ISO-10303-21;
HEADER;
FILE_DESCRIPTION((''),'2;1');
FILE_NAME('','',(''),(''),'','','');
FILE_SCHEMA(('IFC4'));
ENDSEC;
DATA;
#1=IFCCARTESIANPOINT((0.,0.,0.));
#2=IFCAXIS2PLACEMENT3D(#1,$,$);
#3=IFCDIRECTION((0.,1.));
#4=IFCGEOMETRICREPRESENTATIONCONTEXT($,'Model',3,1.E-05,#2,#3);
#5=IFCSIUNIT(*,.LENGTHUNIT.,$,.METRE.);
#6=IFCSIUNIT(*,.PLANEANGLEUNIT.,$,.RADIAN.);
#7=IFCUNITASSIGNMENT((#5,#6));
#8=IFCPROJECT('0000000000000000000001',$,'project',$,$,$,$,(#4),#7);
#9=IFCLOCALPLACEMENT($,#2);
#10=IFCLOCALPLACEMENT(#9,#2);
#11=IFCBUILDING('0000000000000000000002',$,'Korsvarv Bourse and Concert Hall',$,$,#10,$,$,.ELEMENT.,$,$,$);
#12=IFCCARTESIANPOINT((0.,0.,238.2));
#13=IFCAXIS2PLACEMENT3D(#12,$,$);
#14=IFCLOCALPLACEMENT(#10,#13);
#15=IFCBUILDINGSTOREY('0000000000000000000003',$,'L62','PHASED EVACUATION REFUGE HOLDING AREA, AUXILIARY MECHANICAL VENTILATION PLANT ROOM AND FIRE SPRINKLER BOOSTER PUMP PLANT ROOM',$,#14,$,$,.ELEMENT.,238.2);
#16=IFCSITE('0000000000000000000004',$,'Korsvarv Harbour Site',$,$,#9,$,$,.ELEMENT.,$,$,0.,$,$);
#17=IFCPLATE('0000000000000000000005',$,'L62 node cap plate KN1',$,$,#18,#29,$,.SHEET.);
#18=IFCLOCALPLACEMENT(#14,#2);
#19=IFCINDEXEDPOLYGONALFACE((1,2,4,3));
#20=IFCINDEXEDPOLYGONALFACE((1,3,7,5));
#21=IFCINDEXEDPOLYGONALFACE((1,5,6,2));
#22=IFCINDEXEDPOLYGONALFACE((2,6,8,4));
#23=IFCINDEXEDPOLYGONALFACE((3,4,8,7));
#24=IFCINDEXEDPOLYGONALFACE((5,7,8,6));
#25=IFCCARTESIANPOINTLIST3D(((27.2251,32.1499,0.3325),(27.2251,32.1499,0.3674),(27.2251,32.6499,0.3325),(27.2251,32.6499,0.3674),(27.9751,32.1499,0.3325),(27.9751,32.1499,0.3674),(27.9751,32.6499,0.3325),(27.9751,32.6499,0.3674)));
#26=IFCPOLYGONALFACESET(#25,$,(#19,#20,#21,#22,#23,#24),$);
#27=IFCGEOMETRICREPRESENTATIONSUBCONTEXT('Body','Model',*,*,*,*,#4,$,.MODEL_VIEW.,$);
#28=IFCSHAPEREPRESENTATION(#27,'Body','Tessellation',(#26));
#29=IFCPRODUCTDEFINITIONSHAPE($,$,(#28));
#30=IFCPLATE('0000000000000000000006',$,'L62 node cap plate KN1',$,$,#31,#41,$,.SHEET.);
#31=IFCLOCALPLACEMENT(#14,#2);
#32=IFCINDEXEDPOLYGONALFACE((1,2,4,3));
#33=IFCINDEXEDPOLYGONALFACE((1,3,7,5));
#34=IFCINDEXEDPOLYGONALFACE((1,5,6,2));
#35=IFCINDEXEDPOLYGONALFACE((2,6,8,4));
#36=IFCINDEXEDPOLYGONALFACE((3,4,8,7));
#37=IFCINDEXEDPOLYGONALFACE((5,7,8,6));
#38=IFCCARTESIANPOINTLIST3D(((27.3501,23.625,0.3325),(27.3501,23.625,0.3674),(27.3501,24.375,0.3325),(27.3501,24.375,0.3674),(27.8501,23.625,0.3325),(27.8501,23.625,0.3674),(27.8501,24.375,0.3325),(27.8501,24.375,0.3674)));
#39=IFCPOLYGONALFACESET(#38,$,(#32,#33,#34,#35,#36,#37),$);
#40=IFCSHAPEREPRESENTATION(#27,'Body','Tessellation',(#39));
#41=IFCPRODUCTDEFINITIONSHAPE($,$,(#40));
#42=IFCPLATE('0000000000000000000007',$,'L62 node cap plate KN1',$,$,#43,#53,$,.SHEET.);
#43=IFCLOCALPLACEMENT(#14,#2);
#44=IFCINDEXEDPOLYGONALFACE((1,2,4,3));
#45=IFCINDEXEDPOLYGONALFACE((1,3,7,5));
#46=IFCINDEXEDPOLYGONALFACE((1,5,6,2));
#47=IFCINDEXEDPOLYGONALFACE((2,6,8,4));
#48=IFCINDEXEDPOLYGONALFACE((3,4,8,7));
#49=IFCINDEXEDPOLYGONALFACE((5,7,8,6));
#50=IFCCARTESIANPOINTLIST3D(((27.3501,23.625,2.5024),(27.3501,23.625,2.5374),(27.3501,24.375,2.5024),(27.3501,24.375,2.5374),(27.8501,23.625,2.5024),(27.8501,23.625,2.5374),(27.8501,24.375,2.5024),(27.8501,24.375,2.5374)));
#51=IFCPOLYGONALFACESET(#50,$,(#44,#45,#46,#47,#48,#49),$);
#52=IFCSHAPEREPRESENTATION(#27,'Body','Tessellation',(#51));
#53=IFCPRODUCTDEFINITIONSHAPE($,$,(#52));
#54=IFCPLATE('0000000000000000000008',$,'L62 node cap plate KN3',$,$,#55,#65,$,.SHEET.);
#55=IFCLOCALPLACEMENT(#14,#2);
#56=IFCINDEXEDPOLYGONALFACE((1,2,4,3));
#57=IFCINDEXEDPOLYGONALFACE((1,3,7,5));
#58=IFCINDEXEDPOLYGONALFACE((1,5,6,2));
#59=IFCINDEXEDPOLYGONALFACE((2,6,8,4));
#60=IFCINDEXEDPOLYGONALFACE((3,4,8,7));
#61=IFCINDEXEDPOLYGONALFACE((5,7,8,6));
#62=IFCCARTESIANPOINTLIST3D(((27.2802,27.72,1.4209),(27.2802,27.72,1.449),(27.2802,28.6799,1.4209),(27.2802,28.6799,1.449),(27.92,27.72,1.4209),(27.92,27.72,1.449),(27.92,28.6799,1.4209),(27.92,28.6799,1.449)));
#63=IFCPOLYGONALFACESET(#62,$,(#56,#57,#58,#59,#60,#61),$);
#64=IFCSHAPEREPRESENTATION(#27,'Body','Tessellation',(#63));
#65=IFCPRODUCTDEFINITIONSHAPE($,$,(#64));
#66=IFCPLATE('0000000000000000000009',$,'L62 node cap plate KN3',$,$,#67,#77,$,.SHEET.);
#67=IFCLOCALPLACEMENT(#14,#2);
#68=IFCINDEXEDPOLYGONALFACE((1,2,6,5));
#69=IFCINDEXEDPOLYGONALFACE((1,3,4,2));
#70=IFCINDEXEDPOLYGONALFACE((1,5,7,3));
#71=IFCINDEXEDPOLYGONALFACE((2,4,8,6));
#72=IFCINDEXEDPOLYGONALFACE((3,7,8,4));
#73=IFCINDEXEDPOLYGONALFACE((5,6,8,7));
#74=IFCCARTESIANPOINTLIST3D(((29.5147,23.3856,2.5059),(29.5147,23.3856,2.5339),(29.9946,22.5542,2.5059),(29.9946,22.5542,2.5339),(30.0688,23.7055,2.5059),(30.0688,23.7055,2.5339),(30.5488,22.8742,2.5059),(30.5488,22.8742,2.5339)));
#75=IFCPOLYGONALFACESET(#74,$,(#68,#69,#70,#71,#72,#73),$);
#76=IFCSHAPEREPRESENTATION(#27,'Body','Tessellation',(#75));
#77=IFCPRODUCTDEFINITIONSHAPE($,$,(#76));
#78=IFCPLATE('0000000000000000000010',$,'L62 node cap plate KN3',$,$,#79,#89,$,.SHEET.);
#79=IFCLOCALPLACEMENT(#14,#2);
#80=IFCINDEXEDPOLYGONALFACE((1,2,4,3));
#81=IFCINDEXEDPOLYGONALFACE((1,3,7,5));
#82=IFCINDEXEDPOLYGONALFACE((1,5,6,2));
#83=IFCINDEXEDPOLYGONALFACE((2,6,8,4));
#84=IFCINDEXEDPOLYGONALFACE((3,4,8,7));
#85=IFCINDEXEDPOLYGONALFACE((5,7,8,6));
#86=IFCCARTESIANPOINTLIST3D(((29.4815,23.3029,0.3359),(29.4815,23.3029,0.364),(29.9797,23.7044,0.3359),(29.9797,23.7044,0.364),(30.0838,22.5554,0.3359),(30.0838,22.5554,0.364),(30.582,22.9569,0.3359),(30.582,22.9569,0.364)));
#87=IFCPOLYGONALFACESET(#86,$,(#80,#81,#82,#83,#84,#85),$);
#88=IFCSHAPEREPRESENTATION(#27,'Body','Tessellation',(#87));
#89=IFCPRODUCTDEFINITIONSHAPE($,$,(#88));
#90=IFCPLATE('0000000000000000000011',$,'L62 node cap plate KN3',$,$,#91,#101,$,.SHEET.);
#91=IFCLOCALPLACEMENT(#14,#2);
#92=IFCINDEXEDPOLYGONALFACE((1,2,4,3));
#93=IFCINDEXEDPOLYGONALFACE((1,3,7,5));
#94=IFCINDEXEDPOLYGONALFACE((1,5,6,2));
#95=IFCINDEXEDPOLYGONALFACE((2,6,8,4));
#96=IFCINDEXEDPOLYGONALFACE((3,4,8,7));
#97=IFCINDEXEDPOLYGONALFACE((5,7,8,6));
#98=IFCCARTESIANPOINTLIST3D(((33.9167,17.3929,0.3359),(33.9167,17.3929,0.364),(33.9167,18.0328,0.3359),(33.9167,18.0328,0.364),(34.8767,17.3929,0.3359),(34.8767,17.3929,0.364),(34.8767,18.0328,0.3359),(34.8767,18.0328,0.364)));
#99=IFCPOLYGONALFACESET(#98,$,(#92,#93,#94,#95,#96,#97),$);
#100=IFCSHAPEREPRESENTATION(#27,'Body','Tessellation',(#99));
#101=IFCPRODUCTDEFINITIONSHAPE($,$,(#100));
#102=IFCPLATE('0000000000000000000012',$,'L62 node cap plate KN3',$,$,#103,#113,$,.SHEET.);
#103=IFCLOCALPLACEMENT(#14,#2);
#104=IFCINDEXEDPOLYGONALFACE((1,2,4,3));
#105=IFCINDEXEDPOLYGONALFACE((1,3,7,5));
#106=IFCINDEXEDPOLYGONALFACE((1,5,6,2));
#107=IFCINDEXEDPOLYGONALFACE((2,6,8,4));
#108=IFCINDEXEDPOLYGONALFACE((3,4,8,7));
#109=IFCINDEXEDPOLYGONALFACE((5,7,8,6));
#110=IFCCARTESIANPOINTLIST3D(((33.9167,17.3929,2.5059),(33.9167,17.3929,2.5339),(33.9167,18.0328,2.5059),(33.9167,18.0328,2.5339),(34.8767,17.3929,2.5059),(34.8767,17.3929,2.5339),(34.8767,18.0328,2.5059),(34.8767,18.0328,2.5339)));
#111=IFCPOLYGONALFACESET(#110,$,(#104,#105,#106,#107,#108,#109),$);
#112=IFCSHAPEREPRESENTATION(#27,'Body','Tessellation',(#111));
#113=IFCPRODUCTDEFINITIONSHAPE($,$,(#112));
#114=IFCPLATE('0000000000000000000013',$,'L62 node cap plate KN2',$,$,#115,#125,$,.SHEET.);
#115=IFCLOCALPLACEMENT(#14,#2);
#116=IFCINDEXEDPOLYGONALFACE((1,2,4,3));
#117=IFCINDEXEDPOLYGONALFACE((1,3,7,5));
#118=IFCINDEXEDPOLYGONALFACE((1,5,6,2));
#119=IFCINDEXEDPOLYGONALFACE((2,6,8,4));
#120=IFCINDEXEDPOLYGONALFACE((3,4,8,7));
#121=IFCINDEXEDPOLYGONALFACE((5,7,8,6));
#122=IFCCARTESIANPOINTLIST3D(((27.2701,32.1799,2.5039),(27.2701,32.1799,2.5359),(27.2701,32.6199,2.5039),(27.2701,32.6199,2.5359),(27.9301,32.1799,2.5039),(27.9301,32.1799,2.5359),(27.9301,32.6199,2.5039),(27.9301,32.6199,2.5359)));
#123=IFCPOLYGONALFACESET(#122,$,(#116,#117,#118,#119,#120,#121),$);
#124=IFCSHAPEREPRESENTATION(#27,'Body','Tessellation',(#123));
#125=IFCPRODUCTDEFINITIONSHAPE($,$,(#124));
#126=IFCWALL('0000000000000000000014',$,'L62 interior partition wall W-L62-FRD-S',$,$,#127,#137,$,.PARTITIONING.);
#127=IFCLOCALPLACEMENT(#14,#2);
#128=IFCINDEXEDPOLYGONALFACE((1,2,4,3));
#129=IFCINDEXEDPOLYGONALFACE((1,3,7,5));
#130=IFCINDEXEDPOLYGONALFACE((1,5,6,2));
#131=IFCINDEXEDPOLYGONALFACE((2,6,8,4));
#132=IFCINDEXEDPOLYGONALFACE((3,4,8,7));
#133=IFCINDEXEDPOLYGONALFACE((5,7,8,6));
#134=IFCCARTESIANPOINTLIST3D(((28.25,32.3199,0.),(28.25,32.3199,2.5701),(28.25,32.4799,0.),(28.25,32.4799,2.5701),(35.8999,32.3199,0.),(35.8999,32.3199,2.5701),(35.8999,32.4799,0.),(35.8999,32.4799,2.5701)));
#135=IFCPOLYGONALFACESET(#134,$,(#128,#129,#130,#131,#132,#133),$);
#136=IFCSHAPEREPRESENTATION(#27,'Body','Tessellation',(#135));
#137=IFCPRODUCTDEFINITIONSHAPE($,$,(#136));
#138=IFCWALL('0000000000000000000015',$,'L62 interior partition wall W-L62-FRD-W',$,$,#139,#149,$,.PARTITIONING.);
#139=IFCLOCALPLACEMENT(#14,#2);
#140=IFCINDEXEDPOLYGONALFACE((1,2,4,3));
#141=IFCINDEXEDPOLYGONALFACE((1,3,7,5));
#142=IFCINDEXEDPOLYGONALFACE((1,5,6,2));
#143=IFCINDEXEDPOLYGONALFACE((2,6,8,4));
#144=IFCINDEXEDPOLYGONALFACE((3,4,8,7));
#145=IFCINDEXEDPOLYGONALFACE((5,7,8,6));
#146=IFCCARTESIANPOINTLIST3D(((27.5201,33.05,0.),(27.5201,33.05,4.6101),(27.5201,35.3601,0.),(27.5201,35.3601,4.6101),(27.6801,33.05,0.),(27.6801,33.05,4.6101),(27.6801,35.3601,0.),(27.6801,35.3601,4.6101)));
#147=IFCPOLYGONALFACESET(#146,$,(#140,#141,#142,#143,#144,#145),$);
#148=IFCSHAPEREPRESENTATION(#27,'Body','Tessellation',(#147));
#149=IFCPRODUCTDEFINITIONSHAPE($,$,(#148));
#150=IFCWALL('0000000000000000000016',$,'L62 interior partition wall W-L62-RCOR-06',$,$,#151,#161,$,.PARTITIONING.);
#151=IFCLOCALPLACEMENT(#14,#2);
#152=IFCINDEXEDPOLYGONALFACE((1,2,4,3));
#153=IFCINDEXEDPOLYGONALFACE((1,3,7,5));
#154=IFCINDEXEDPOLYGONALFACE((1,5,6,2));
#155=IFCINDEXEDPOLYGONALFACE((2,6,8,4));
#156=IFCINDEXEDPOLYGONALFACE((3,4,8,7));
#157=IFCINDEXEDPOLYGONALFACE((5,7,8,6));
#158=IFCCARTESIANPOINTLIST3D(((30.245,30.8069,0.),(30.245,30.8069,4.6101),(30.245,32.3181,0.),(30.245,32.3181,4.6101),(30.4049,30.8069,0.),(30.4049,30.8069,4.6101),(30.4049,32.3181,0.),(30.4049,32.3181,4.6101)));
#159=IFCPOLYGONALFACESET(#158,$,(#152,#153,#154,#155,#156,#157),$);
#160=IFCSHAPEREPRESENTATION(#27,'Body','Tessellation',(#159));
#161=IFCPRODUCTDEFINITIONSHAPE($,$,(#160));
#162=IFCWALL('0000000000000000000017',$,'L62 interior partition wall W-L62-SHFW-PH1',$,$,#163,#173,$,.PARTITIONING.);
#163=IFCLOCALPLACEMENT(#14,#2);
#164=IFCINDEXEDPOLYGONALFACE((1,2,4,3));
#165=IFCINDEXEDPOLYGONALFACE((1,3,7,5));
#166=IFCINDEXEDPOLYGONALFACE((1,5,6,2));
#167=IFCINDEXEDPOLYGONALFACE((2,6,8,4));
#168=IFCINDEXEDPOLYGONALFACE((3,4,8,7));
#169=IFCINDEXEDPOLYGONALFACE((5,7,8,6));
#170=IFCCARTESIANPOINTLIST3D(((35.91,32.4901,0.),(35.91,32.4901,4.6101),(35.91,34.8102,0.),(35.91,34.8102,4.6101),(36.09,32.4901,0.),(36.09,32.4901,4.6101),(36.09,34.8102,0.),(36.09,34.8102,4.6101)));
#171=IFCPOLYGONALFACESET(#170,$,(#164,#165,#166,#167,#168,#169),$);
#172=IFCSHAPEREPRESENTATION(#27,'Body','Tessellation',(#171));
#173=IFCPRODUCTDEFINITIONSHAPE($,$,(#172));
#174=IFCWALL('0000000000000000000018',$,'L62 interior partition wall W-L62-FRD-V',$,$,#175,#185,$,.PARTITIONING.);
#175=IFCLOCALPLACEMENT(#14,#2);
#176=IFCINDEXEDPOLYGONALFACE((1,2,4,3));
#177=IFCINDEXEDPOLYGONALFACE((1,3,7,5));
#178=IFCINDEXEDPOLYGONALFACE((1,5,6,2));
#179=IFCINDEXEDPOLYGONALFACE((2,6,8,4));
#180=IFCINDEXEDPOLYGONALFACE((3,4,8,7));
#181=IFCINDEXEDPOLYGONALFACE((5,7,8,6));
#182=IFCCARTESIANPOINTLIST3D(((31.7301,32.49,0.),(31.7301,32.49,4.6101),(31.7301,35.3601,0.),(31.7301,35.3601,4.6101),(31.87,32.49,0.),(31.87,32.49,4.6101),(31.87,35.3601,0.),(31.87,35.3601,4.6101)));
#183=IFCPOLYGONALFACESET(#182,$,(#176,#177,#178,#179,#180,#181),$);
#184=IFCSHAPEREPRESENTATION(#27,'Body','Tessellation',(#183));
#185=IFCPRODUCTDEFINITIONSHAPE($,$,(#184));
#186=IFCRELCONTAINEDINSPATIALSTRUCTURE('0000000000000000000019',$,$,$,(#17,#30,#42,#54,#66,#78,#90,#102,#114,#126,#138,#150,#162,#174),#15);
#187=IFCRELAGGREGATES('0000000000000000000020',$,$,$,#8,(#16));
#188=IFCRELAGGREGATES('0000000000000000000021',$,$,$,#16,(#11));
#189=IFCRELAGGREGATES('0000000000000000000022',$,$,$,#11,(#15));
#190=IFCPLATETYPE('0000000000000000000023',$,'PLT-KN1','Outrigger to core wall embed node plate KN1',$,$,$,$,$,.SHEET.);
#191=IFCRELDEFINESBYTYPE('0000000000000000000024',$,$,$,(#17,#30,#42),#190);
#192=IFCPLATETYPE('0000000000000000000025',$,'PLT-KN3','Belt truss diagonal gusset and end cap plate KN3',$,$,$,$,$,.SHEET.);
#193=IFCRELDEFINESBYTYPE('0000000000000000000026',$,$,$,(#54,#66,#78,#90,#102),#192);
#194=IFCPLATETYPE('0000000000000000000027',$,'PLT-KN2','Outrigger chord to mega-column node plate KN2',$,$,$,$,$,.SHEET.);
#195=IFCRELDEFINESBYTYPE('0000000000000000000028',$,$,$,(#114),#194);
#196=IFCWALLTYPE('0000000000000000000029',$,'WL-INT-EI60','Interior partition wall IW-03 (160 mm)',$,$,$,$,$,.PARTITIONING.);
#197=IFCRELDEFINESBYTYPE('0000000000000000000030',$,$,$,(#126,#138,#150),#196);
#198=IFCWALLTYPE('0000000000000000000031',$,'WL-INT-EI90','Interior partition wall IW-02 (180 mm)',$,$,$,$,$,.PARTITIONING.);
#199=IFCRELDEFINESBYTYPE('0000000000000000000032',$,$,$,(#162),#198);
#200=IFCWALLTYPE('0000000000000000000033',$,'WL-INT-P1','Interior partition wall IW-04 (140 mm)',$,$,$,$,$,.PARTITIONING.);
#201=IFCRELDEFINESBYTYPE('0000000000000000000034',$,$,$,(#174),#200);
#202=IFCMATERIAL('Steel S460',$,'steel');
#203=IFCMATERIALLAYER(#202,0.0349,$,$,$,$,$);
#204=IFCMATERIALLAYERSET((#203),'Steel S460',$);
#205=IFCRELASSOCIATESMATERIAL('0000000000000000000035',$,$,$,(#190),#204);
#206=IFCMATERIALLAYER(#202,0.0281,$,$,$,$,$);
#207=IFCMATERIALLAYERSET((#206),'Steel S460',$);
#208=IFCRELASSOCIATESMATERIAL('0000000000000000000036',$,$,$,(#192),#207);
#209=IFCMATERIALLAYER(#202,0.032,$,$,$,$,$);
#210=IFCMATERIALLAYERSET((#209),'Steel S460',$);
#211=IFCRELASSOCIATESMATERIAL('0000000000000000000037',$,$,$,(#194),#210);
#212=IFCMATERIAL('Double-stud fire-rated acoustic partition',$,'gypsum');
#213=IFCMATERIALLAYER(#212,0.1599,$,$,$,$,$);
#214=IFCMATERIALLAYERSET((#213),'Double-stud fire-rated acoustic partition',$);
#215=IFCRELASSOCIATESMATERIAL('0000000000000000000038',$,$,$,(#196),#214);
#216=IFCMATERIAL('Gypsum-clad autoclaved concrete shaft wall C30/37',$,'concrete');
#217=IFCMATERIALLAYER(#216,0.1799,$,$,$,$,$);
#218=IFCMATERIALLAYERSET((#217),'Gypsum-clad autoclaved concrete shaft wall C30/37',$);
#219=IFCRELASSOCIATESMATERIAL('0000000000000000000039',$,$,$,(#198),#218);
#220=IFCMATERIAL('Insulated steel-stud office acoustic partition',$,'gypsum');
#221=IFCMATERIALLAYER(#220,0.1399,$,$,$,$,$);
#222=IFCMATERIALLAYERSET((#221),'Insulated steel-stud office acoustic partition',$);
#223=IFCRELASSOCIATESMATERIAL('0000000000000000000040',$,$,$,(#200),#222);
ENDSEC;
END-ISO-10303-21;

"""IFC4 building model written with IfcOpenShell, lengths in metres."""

from ifc_helpers import new_model, si_unit, direction, frame, frame_2d, origin, origin_2d, place, context, subcontext, project, spatial, rectangle, extrude, source, transform, mapped, material, layer, layer_set, type_object, element, save


model = new_model("IFC4")

# Units and contexts
model_context = context("Model", 3, precision=1e-05, world=origin(), true_north=direction((0.0, 1.0)))
body_context = subcontext(model_context, "Body", "Model", "MODEL_VIEW")
ifc_project = project(units=[si_unit("LENGTHUNIT", "METRE"), si_unit("PLANEANGLEUNIT", "RADIAN")], contexts=[model_context])

# Site, building, storey
site_placement = place(None, origin())
site = spatial("IfcSite", under=ifc_project, at=site_placement, Name="Korsvarv Harbour Site", CompositionType="ELEMENT", RefElevation=0.0)
building_placement = place(site_placement, origin())
building = spatial("IfcBuilding", under=site, at=building_placement, Name="Korsvarv Bourse and Concert Hall", CompositionType="ELEMENT")
storey_placement = place(building_placement, frame((0.0, 0.0, 238.2)))
storey = spatial("IfcBuildingStorey", under=building, at=storey_placement, Name="L62", Description="PHASED EVACUATION REFUGE HOLDING AREA, AUXILIARY MECHANICAL VENTILATION PLANT ROOM AND FIRE SPRINKLER BOOSTER PUMP PLANT ROOM", CompositionType="ELEMENT", Elevation=238.2)

# Shared definitions
ifc_material_1 = material(Name="Steel S460", Category="steel")

# Plates
ifc_layer_1 = layer(ifc_material_1, 0.0349)
ifc_layer_set_1 = layer_set([ifc_layer_1], Name="Steel S460")
plate_type_1 = type_object("IfcPlateType", Name="PLT-KN1", Description="Outrigger to core wall embed node plate KN1", PredefinedType="SHEET", material=ifc_layer_set_1)
shared_shape_1 = source(origin(), body_context, "Body", "SweptSolid", [
    extrude(rectangle(XDim=0.75, YDim=0.5, at=origin_2d()), origin(), (0.0, 0.0, 1.0), 0.0349),
])
for number, where, z_axis, x_axis, name in (
    (1, (27.6001, 32.3999, 0.3325), (0.0, 0.0, 1.0), (1.0, 0.0, 0.0), "L62 node cap plate KN1"),
    (2, (27.6001, 24.0, 0.3325), (0.0, 0.0, 1.0), (0.0, 1.0, 0.0), "L62 node cap plate KN1"),
    (3, (27.6001, 24.0, 2.5024), (0.0, 0.0, 1.0), (0.0, 1.0, 0.0), "L62 node cap plate KN1"),
):
    element("IfcPlate", number, at=place(storey_placement, frame(where, z_axis=z_axis, x_axis=x_axis)), inside=storey, type_object=plate_type_1, Name=name, PredefinedType="SHEET", context=body_context, shape_type="MappedRepresentation", body=[
        mapped(shared_shape_1, transform((0.0, 0.0, 0.0), scale=1.0)),
    ])
ifc_layer_2 = layer(ifc_material_1, 0.0281)
ifc_layer_set_2 = layer_set([ifc_layer_2], Name="Steel S460")
plate_type_2 = type_object("IfcPlateType", Name="PLT-KN3", Description="Belt truss diagonal gusset and end cap plate KN3", PredefinedType="SHEET", material=ifc_layer_set_2)
shared_shape_2 = source(origin(), body_context, "Body", "SweptSolid", [
    extrude(rectangle(XDim=0.96, YDim=0.6399, at=origin_2d()), origin(), (0.0, 0.0, 1.0), 0.0281),
])
for number, where, z_axis, x_axis, name in (
    (4, (27.6001, 28.2, 1.4209), (0.0, 0.0, 1.0), (0.0, 1.0, 0.0), "L62 node cap plate KN3"),
    (5, (30.0317, 23.1299, 2.5059), (0.0, 0.0, 1.0), (-0.5, 0.866025, 0.0), "L62 node cap plate KN3"),
    (6, (30.0317, 23.1299, 0.3359), (0.0, 0.0, 1.0), (-0.62742, 0.778681, 0.0), "L62 node cap plate KN3"),
    (7, (34.3967, 17.7129, 0.3359), (0.0, 0.0, 1.0), (1.0, 0.0, 0.0), "L62 node cap plate KN3"),
    (8, (34.3967, 17.7129, 2.5059), (0.0, 0.0, 1.0), (1.0, 0.0, 0.0), "L62 node cap plate KN3"),
):
    element("IfcPlate", number, at=place(storey_placement, frame(where, z_axis=z_axis, x_axis=x_axis)), inside=storey, type_object=plate_type_2, Name=name, PredefinedType="SHEET", context=body_context, shape_type="MappedRepresentation", body=[
        mapped(shared_shape_2, transform((0.0, 0.0, 0.0), scale=1.0)),
    ])
ifc_layer_3 = layer(ifc_material_1, 0.032)
ifc_layer_set_3 = layer_set([ifc_layer_3], Name="Steel S460")
plate_type_3 = type_object("IfcPlateType", Name="PLT-KN2", Description="Outrigger chord to mega-column node plate KN2", PredefinedType="SHEET", material=ifc_layer_set_3)
shared_shape_3 = source(origin(), body_context, "Body", "SweptSolid", [
    extrude(rectangle(XDim=0.6599, YDim=0.4399, at=origin_2d()), origin(), (0.0, 0.0, 1.0), 0.032),
])
plate_1_placement = place(storey_placement, frame((27.6001, 32.3999, 2.5039), z_axis=(0.0, 0.0, 1.0), x_axis=(1.0, 0.0, 0.0)))
element("IfcPlate", 9, at=plate_1_placement, inside=storey, type_object=plate_type_3, Name="L62 node cap plate KN2", PredefinedType="SHEET", context=body_context, shape_type="MappedRepresentation", body=[
    mapped(shared_shape_3, transform((0.0, 0.0, 0.0), scale=1.0)),
])

# Walls
ifc_material_2 = material(Name="Double-stud fire-rated acoustic partition", Category="gypsum")
ifc_layer_4 = layer(ifc_material_2, 0.1599)
ifc_layer_set_4 = layer_set([ifc_layer_4], Name="Double-stud fire-rated acoustic partition")
wall_type_1 = type_object("IfcWallType", Name="WL-INT-EI60", Description="Interior partition wall IW-03 (160 mm)", PredefinedType="PARTITIONING", material=ifc_layer_set_4)
wall_1_placement = place(storey_placement, frame((28.25, 32.3999, 0.0), z_axis=(0.0, 0.0, 1.0), x_axis=(1.0, 0.0, 0.0)))
element("IfcWall", 10, at=wall_1_placement, inside=storey, type_object=wall_type_1, Name="L62 interior partition wall W-L62-FRD-S", PredefinedType="PARTITIONING", context=body_context, shape_type="SweptSolid", body=[
    extrude(rectangle(XDim=7.6499, YDim=0.1599, at=frame_2d((3.825, 0.0))), origin(), (0.0, 0.0, 1.0), 2.5701),
])
wall_2_placement = place(storey_placement, frame((27.6001, 33.05, 0.0), z_axis=(0.0, 0.0, 1.0), x_axis=(0.0, 1.0, 0.0)))
element("IfcWall", 11, at=wall_2_placement, inside=storey, type_object=wall_type_1, Name="L62 interior partition wall W-L62-FRD-W", PredefinedType="PARTITIONING", context=body_context, shape_type="SweptSolid", body=[
    extrude(rectangle(XDim=2.3101, YDim=0.1599, at=frame_2d((1.155, 0.0))), origin(), (0.0, 0.0, 1.0), 4.6101),
])
wall_3_placement = place(storey_placement, frame((30.325, 30.8069, 0.0), z_axis=(0.0, 0.0, 1.0), x_axis=(0.0, 1.0, 0.0)))
element("IfcWall", 12, at=wall_3_placement, inside=storey, type_object=wall_type_1, Name="L62 interior partition wall W-L62-RCOR-06", PredefinedType="PARTITIONING", context=body_context, shape_type="SweptSolid", body=[
    extrude(rectangle(XDim=1.5112, YDim=0.1599, at=frame_2d((0.7556, 0.0))), origin(), (0.0, 0.0, 1.0), 4.6101),
])
ifc_material_3 = material(Name="Gypsum-clad autoclaved concrete shaft wall C30/37", Category="concrete")
ifc_layer_5 = layer(ifc_material_3, 0.1799)
ifc_layer_set_5 = layer_set([ifc_layer_5], Name="Gypsum-clad autoclaved concrete shaft wall C30/37")
wall_type_2 = type_object("IfcWallType", Name="WL-INT-EI90", Description="Interior partition wall IW-02 (180 mm)", PredefinedType="PARTITIONING", material=ifc_layer_set_5)
wall_4_placement = place(storey_placement, frame((36.0, 32.49, 0.0), z_axis=(0.0, 0.0, 1.0), x_axis=(0.0, 1.0, 0.0)))
element("IfcWall", 13, at=wall_4_placement, inside=storey, type_object=wall_type_2, Name="L62 interior partition wall W-L62-SHFW-PH1", PredefinedType="PARTITIONING", context=body_context, shape_type="SweptSolid", body=[
    extrude(rectangle(XDim=2.3201, YDim=0.1799, at=frame_2d((1.1602, 0.0))), origin(), (0.0, 0.0, 1.0), 4.6101),
])
ifc_material_4 = material(Name="Insulated steel-stud office acoustic partition", Category="gypsum")
ifc_layer_6 = layer(ifc_material_4, 0.1399)
ifc_layer_set_6 = layer_set([ifc_layer_6], Name="Insulated steel-stud office acoustic partition")
wall_type_3 = type_object("IfcWallType", Name="WL-INT-P1", Description="Interior partition wall IW-04 (140 mm)", PredefinedType="PARTITIONING", material=ifc_layer_set_6)
wall_5_placement = place(storey_placement, frame((31.8, 32.49, 0.0), z_axis=(0.0, 0.0, 1.0), x_axis=(0.0, 1.0, 0.0)))
element("IfcWall", 14, at=wall_5_placement, inside=storey, type_object=wall_type_3, Name="L62 interior partition wall W-L62-FRD-V", PredefinedType="PARTITIONING", context=body_context, shape_type="SweptSolid", body=[
    extrude(rectangle(XDim=2.8701, YDim=0.1399, at=frame_2d((1.4351, 0.0))), origin(), (0.0, 0.0, 1.0), 4.6101),
])

save(model, "model.ifc")
